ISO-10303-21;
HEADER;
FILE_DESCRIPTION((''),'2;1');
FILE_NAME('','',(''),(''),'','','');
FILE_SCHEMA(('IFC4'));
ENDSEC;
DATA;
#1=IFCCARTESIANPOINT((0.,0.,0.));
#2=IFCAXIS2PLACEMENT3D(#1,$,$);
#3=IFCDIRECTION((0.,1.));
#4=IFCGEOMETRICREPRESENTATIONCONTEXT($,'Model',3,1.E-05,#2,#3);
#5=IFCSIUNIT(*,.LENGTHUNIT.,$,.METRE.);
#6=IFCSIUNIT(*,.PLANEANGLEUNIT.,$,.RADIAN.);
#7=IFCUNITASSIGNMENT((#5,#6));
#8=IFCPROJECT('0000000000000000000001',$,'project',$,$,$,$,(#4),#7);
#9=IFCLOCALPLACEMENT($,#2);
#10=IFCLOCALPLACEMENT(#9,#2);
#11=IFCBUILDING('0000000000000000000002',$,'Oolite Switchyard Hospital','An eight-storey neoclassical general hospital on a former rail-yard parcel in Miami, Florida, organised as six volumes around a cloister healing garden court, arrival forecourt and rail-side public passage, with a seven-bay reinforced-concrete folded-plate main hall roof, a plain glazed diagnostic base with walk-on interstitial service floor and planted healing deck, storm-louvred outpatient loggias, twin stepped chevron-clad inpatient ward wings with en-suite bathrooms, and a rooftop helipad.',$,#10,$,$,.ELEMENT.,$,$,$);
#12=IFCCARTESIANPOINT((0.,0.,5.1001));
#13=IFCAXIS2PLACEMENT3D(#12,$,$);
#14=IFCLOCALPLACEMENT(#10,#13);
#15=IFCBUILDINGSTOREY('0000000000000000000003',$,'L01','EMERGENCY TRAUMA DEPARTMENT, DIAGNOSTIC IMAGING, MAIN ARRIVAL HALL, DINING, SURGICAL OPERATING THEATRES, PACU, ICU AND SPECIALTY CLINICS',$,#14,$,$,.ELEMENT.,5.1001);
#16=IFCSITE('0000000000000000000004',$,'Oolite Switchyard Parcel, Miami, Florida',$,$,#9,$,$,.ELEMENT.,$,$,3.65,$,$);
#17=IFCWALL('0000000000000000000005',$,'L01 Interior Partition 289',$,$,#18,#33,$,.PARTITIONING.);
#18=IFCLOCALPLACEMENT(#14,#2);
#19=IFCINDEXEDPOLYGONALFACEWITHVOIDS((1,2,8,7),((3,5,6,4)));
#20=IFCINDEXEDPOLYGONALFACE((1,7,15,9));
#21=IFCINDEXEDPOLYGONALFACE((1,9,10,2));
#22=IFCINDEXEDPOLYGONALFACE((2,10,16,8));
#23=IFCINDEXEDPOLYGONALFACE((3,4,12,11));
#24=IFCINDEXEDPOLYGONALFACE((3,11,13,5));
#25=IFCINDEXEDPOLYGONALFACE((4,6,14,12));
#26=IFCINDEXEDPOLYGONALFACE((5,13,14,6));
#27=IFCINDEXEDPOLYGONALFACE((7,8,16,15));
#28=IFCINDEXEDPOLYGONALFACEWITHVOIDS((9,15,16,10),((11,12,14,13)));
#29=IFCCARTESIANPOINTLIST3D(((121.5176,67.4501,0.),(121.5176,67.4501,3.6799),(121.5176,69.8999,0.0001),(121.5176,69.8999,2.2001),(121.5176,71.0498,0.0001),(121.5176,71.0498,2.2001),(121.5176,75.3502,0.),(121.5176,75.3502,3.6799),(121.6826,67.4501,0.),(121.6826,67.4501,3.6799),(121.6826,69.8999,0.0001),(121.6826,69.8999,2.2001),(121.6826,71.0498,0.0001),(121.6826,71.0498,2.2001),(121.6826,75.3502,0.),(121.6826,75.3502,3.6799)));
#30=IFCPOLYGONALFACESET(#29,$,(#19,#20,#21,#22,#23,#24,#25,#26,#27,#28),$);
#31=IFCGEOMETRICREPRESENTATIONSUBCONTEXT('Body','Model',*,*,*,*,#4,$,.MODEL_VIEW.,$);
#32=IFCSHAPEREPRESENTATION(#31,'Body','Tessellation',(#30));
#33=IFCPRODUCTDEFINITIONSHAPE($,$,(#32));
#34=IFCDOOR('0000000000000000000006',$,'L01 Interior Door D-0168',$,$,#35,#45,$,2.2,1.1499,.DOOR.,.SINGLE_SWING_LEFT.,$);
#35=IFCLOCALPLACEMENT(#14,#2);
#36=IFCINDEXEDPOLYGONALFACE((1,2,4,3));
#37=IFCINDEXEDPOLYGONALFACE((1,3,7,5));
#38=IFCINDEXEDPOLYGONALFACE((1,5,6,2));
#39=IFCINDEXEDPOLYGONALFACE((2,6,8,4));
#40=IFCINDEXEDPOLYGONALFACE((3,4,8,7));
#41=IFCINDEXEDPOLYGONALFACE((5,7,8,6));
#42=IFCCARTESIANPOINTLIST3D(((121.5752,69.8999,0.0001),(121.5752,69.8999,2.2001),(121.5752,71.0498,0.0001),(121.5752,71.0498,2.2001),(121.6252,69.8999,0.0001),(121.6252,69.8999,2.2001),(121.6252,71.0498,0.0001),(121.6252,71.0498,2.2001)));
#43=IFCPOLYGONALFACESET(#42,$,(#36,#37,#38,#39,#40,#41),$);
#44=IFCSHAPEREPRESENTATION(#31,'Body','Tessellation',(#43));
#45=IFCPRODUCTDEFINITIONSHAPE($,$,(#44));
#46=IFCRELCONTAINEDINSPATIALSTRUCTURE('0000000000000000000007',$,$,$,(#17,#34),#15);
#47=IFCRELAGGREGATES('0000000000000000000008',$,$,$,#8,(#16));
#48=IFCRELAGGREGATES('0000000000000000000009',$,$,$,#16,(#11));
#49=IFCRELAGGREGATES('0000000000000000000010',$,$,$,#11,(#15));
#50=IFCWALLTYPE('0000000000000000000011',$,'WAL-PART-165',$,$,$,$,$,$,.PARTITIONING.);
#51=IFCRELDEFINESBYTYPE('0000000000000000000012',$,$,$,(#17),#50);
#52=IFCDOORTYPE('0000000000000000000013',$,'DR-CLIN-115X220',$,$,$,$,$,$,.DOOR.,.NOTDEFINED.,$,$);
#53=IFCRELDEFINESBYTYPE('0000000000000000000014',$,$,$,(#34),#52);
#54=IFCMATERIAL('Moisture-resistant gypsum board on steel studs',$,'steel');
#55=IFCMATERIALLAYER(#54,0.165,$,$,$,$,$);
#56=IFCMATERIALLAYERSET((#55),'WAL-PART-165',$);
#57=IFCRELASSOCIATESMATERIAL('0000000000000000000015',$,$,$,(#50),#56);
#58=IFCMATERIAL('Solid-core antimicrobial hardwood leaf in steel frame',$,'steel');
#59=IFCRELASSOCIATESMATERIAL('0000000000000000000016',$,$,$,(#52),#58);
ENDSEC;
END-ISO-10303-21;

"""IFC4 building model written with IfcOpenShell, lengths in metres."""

from ifc_helpers import new_model, si_unit, direction, frame, frame_2d, origin, place, context, subcontext, project, spatial, rectangle, extrude, material, layer, layer_set, type_object, element, fill, save


model = new_model("IFC4")

# Units and contexts
model_context = context("Model", 3, precision=1e-05, world=origin(), true_north=direction((0.0, 1.0)))
body_context = subcontext(model_context, "Body", "Model", "MODEL_VIEW")
ifc_project = project(units=[si_unit("LENGTHUNIT", "METRE"), si_unit("PLANEANGLEUNIT", "RADIAN")], contexts=[model_context])

# Site, building, storey
site_placement = place(None, origin())
site = spatial("IfcSite", under=ifc_project, at=site_placement, Name="Oolite Switchyard Parcel, Miami, Florida", CompositionType="ELEMENT", RefElevation=3.65)
building_placement = place(site_placement, origin())
building = spatial("IfcBuilding", under=site, at=building_placement, Name="Oolite Switchyard Hospital", Description="An eight-storey neoclassical general hospital on a former rail-yard parcel in Miami, Florida, organised as six volumes around a cloister healing garden court, arrival forecourt and rail-side public passage, with a seven-bay reinforced-concrete folded-plate main hall roof, a plain glazed diagnostic base with walk-on interstitial service floor and planted healing deck, storm-louvred outpatient loggias, twin stepped chevron-clad inpatient ward wings with en-suite bathrooms, and a rooftop helipad.", CompositionType="ELEMENT")
storey_placement = place(building_placement, frame((0.0, 0.0, 5.1001)))
storey = spatial("IfcBuildingStorey", under=building, at=storey_placement, Name="L01", Description="EMERGENCY TRAUMA DEPARTMENT, DIAGNOSTIC IMAGING, MAIN ARRIVAL HALL, DINING, SURGICAL OPERATING THEATRES, PACU, ICU AND SPECIALTY CLINICS", CompositionType="ELEMENT", Elevation=5.1001)

# Shared definitions
ifc_material_1 = material(Name="Moisture-resistant gypsum board on steel studs", Category="steel")

# Wall, opening, door
ifc_layer_1 = layer(ifc_material_1, 0.165)
ifc_layer_set_1 = layer_set([ifc_layer_1], Name="WAL-PART-165")
wall_type_1 = type_object("IfcWallType", Name="WAL-PART-165", PredefinedType="PARTITIONING", material=ifc_layer_set_1)
wall_1_placement = place(storey_placement, frame((121.6001, 67.45, 0.0), z_axis=(0.0, 0.0, 1.0), x_axis=(0.0, 1.0, 0.0)))
wall_1 = element("IfcWall", 1, at=wall_1_placement, inside=storey, type_object=wall_type_1, Name="L01 Interior Partition 289", PredefinedType="PARTITIONING", context=body_context, shape_type="SweptSolid", body=[
    extrude(rectangle(XDim=7.9001, YDim=0.165, at=frame_2d((3.9502, 0.0))), origin(), (0.0, 0.0, 1.0), 3.6799),
])
opening_placement = place(wall_1_placement, frame((2.45, 0.0, 0.0)))
opening = element("IfcOpeningElement", 2, at=opening_placement, cuts=wall_1, PredefinedType="OPENING", context=body_context, shape_type="SweptSolid", body=[
    extrude(rectangle(XDim=1.1499, YDim=2.2, at=frame_2d((0.575, 1.1001))), frame((0.0, 0.0925, 0.0), z_axis=(0.0, -1.0, 0.0), x_axis=(1.0, 0.0, 0.0)), (0.0, 0.0, 1.0), 0.1851),
])
ifc_material_2 = material(Name="Solid-core antimicrobial hardwood leaf in steel frame", Category="steel")
door_type = type_object("IfcDoorType", Name="DR-CLIN-115X220", OperationType="NOTDEFINED", PredefinedType="DOOR", material=ifc_material_2)
door_placement = place(opening_placement, origin())
door = element("IfcDoor", 3, at=door_placement, inside=storey, type_object=door_type, Name="L01 Interior Door D-0168", OperationType="SINGLE_SWING_LEFT", OverallHeight=2.2, OverallWidth=1.1499, PredefinedType="DOOR", context=body_context, shape_type="SweptSolid", body=[
    extrude(rectangle(XDim=1.1499, YDim=2.2, at=frame_2d((0.575, 1.1001))), frame((0.0, 0.0249, 0.0), z_axis=(0.0, -1.0, 0.0), x_axis=(1.0, 0.0, 0.0)), (0.0, 0.0, 1.0), 0.05),
])
fill(opening, door)

save(model, "model.ifc")
